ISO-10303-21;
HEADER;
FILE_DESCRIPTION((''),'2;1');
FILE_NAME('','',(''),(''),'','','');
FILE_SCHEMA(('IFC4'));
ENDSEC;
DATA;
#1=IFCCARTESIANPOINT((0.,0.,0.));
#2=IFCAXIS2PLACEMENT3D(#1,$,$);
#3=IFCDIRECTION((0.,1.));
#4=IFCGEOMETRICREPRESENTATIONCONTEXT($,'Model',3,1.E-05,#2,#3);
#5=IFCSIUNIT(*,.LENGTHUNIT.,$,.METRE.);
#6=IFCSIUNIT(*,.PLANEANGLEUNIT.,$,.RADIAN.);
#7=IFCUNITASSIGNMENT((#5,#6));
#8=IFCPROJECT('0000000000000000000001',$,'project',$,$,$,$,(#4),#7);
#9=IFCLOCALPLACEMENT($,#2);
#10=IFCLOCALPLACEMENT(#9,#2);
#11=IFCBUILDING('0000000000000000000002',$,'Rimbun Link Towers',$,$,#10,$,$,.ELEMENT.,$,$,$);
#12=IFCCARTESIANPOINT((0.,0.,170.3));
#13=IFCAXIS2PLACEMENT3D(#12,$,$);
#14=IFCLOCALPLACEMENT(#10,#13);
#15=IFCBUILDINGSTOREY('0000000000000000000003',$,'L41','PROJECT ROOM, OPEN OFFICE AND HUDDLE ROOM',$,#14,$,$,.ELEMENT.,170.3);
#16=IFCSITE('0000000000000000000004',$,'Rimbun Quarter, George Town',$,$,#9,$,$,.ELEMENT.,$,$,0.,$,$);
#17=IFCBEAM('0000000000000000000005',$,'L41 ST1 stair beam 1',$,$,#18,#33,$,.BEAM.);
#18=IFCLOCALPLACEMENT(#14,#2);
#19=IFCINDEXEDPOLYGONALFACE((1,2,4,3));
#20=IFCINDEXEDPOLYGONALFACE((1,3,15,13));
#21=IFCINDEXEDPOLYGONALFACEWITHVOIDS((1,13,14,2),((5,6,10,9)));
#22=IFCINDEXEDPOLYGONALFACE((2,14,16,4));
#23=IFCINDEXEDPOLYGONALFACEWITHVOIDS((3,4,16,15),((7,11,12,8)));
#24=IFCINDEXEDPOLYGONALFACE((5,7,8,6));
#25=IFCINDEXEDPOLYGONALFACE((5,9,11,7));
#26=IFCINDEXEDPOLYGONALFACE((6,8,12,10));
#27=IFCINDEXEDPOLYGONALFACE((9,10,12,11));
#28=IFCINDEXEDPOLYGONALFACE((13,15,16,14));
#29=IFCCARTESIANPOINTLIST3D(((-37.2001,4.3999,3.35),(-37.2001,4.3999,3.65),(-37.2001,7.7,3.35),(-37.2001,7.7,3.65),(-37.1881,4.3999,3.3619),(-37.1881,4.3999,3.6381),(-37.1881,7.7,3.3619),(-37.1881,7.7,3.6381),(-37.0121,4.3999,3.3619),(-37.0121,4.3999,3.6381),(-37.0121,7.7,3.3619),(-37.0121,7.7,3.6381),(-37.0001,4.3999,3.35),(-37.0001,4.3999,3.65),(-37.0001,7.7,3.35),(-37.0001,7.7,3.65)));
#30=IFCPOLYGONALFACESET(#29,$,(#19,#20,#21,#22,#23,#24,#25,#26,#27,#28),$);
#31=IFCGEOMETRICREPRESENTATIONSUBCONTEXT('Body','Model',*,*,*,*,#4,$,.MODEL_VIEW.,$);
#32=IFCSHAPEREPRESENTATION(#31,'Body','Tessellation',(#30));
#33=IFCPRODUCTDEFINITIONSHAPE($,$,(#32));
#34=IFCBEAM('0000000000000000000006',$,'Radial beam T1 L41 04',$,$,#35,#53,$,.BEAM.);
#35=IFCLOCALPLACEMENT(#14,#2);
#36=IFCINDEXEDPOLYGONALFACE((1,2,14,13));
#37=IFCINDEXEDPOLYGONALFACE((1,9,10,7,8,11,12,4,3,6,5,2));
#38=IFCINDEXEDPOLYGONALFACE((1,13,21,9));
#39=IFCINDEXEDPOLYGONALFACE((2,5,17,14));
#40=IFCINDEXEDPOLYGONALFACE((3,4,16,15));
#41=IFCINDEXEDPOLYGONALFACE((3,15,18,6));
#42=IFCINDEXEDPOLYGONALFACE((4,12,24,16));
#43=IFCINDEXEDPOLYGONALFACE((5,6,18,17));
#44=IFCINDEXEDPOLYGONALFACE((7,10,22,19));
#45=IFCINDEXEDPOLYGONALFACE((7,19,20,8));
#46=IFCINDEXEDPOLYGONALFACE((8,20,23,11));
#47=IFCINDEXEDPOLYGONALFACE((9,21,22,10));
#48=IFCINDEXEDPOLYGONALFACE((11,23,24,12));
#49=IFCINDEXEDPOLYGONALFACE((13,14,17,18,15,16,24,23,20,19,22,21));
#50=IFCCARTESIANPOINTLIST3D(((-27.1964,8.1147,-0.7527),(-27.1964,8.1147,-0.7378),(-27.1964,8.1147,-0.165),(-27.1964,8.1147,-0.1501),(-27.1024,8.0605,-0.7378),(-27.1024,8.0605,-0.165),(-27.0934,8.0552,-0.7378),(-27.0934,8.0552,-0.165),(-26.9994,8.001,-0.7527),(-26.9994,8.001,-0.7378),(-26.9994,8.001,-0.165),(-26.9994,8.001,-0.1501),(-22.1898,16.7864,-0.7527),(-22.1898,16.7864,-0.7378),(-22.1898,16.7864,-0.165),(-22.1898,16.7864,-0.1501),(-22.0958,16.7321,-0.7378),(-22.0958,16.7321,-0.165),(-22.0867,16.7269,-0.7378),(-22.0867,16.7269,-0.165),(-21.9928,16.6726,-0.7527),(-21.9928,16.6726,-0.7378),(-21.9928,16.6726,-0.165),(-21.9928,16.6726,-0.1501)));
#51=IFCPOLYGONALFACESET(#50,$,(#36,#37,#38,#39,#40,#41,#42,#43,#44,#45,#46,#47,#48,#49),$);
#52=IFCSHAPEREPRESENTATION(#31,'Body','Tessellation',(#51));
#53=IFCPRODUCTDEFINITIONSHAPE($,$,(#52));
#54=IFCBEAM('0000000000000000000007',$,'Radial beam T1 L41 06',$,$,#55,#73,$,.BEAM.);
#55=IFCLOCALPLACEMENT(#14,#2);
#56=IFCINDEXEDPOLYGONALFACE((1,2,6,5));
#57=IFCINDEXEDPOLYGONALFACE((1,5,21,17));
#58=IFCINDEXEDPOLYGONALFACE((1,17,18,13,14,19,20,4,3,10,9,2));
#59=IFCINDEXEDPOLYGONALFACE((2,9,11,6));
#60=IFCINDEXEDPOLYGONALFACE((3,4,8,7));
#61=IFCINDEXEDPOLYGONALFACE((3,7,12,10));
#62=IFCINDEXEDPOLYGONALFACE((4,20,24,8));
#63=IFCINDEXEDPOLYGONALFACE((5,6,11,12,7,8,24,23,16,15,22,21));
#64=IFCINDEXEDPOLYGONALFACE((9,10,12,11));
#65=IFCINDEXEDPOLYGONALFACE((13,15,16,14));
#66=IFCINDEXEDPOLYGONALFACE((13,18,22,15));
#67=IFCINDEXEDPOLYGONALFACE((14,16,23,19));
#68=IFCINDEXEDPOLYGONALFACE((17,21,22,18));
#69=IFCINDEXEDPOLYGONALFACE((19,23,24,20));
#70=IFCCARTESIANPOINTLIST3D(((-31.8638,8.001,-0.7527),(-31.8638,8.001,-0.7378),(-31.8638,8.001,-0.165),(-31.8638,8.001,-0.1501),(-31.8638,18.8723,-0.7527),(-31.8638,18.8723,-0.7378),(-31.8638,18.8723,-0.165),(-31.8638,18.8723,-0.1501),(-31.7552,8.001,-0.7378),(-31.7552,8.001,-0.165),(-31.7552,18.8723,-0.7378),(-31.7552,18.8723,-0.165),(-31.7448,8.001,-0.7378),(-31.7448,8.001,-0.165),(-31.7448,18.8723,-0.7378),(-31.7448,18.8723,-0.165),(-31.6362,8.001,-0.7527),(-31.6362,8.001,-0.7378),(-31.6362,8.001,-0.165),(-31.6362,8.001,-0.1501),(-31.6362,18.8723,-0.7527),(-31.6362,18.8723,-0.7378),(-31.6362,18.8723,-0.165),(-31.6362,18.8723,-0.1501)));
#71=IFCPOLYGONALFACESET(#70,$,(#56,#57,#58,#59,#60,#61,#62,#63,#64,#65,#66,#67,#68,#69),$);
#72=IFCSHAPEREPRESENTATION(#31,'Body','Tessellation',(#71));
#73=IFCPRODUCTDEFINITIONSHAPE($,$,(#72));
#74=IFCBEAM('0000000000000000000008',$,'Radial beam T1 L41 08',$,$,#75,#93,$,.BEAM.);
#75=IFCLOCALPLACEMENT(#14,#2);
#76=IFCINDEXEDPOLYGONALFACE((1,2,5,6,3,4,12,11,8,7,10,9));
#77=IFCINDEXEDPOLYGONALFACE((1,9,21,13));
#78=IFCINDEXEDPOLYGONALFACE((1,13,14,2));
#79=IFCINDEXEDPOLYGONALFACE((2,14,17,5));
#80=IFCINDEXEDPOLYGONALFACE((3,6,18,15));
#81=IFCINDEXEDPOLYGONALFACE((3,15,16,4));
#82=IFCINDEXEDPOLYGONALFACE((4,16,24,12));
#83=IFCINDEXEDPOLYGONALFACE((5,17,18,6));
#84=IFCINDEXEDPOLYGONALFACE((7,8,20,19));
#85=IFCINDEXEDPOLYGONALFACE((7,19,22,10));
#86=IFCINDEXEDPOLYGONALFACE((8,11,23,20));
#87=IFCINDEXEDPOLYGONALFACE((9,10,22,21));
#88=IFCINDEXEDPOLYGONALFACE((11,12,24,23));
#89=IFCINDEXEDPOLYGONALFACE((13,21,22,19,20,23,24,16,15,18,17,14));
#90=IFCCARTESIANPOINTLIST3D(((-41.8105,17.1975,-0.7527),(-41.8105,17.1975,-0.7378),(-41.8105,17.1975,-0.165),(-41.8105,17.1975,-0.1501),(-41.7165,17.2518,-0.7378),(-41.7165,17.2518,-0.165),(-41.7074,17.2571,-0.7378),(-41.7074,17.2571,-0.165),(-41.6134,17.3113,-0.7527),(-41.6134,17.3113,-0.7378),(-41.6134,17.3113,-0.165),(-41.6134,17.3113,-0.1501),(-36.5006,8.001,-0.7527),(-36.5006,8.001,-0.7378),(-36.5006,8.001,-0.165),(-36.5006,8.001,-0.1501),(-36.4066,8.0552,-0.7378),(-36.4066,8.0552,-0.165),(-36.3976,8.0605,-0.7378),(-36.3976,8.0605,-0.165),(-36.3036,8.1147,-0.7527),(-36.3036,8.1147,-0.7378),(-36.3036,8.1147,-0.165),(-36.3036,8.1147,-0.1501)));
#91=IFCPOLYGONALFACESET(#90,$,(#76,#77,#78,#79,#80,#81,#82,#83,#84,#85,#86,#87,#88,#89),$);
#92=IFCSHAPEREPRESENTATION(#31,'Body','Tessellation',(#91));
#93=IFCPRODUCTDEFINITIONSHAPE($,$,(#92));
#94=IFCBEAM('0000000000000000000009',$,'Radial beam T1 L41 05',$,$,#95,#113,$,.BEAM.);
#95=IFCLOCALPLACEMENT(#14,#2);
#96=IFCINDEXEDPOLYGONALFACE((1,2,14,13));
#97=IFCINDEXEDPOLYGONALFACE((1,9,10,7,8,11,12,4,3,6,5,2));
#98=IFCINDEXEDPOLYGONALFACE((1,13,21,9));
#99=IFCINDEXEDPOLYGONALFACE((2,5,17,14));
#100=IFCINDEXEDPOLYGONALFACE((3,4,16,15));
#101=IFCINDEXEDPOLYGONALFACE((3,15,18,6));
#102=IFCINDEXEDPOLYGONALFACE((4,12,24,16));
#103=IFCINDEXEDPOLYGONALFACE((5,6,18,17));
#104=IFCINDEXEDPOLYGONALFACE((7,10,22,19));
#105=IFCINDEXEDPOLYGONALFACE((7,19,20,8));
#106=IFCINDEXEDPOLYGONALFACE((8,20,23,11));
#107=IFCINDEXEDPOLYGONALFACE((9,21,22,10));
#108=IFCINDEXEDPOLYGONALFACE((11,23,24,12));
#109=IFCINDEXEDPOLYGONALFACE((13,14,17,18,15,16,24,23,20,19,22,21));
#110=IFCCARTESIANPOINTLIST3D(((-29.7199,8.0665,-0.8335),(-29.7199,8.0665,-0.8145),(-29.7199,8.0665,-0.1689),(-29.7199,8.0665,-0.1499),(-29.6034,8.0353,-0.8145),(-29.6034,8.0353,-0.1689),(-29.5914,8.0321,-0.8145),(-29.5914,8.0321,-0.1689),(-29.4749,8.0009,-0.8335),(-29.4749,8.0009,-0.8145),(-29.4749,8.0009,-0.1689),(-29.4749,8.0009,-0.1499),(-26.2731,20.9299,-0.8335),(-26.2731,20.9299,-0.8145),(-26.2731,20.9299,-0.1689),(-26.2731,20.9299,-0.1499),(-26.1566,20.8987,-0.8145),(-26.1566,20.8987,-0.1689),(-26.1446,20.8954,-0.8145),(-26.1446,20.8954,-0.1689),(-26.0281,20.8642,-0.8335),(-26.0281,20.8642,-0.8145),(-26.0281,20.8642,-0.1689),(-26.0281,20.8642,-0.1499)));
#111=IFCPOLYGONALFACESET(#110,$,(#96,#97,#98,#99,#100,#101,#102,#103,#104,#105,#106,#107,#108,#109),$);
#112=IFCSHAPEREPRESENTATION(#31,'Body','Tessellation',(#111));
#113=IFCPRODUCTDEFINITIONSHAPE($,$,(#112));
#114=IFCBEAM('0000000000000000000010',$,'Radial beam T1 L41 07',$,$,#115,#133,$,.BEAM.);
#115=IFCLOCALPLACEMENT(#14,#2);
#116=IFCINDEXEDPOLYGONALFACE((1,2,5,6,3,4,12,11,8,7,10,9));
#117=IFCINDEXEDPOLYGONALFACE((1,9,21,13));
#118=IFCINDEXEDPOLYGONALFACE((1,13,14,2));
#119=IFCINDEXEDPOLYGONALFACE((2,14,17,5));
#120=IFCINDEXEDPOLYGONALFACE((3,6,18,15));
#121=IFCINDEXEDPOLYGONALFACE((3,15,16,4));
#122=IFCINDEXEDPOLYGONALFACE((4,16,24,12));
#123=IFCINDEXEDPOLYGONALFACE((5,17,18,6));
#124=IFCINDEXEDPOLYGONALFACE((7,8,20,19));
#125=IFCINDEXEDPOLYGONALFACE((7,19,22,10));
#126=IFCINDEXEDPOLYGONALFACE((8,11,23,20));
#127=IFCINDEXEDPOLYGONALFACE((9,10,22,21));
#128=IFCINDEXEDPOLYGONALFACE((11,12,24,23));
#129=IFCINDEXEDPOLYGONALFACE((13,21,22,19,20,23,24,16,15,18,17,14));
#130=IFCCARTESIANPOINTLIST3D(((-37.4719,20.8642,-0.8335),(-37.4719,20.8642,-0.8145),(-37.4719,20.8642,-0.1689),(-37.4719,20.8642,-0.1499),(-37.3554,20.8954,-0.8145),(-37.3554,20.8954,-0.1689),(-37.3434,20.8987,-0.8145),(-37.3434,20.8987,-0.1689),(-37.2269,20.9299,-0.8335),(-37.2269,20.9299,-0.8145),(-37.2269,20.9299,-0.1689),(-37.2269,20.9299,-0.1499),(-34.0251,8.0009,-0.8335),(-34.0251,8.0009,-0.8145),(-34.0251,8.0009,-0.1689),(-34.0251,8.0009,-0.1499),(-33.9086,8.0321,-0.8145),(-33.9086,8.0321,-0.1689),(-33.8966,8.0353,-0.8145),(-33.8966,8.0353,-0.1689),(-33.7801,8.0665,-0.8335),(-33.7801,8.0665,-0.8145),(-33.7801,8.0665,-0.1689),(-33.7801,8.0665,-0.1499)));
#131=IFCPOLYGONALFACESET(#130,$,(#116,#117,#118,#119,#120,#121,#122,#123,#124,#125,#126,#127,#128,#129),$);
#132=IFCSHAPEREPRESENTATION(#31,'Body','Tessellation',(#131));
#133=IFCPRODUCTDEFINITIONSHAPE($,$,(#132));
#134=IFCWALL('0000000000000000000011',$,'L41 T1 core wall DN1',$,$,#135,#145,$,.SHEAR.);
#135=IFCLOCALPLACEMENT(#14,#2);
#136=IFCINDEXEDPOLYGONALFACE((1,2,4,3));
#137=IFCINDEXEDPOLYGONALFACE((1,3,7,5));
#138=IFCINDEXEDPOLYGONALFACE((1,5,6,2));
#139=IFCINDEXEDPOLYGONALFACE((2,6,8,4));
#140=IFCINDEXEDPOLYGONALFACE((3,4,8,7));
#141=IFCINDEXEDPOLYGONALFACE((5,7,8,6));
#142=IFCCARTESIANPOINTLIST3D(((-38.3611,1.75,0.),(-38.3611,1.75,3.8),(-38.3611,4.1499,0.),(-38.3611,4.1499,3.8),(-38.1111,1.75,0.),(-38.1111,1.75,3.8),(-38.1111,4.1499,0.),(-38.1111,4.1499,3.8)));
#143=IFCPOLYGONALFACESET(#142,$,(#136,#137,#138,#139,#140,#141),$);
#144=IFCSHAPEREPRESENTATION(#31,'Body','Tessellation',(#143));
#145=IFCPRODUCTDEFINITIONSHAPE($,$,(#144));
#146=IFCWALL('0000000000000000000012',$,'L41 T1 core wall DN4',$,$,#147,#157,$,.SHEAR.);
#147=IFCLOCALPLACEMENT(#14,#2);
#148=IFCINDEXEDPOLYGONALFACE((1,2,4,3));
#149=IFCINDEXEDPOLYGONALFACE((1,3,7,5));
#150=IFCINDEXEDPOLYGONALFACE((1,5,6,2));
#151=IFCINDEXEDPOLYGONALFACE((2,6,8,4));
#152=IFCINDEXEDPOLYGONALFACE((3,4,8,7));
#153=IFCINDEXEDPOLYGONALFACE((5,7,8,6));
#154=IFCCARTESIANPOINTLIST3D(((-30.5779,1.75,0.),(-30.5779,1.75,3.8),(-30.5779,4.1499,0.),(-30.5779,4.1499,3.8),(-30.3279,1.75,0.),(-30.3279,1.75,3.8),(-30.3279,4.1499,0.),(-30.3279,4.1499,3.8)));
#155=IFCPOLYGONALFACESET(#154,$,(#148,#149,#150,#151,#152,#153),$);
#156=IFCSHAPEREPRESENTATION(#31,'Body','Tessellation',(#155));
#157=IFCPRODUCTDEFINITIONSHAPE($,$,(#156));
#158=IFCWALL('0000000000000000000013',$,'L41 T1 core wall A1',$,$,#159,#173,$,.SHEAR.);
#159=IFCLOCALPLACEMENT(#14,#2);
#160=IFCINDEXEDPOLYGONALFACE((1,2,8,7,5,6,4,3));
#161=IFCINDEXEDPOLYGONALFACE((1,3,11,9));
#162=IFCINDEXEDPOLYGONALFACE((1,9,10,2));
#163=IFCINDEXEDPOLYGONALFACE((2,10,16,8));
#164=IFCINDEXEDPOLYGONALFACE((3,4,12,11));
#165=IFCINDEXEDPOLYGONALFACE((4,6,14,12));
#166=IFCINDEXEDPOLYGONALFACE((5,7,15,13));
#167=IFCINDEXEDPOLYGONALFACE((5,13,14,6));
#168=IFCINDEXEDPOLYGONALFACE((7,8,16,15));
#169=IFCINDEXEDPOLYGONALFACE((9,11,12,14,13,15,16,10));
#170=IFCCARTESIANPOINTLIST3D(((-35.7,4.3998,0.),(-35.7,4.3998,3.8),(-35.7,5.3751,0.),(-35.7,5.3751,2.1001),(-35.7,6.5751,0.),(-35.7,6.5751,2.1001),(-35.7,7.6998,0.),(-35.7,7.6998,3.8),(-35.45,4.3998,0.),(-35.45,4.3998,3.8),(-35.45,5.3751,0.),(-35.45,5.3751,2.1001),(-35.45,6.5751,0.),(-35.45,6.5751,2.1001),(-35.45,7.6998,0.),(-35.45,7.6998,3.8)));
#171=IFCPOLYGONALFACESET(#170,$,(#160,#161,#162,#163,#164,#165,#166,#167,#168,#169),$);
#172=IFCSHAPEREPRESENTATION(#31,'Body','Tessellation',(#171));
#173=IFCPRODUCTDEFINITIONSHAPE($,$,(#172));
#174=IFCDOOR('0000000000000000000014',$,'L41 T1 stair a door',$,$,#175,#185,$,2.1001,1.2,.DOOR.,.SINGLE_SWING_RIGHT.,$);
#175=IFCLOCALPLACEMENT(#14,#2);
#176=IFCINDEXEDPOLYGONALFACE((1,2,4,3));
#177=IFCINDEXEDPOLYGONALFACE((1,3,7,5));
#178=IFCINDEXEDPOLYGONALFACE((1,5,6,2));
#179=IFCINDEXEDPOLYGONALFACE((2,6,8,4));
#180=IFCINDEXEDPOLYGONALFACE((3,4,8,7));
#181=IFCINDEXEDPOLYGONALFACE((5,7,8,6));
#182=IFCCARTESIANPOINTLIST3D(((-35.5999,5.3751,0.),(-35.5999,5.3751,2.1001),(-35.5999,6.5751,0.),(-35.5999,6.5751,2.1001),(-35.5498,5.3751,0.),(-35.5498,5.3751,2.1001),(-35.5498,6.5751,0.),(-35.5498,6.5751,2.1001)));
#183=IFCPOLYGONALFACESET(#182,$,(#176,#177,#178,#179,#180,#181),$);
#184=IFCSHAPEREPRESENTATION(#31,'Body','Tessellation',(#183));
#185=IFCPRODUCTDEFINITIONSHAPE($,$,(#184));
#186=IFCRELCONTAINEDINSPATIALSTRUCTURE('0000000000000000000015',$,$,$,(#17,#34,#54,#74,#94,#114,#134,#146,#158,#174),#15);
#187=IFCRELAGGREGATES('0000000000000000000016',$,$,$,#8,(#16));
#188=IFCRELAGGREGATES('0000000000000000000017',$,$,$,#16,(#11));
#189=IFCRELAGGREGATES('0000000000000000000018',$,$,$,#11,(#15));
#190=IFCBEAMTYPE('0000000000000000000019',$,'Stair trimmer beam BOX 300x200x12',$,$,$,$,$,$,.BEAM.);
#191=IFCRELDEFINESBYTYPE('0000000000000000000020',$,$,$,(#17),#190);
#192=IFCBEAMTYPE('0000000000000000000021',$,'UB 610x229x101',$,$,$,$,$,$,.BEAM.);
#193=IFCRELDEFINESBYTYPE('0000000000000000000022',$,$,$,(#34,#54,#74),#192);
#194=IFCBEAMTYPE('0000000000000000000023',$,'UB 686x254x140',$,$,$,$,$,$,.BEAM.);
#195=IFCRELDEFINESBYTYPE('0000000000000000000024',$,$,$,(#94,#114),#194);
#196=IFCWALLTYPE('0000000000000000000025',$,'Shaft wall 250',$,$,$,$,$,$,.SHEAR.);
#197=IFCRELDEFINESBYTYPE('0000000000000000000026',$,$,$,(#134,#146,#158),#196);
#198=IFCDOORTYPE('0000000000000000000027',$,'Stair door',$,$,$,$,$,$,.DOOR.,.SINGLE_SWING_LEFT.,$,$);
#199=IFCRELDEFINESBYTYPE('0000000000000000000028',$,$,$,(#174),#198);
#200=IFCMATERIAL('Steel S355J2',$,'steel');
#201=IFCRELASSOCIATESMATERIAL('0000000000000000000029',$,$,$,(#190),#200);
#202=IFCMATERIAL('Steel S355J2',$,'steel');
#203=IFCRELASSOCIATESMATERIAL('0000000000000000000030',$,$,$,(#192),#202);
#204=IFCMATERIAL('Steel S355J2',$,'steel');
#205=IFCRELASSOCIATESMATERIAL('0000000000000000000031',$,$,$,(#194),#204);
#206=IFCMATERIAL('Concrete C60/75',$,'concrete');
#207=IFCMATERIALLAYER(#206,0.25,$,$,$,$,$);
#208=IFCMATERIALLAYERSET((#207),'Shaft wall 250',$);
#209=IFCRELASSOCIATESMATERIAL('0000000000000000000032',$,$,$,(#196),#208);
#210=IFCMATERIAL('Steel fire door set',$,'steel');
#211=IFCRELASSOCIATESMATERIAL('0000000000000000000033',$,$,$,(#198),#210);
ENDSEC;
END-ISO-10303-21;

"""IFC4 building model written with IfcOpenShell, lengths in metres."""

from ifc_helpers import new_model, si_unit, direction, frame, frame_2d, origin, origin_2d, place, context, subcontext, project, spatial, rectangle, hollow_rectangle, i_section, extrude, material, layer, layer_set, material_profile, profile_set, type_object, element, fill, save


model = new_model("IFC4")

# Units and contexts
model_context = context("Model", 3, precision=1e-05, world=origin(), true_north=direction((0.0, 1.0)))
body_context = subcontext(model_context, "Body", "Model", "MODEL_VIEW")
ifc_project = project(units=[si_unit("LENGTHUNIT", "METRE"), si_unit("PLANEANGLEUNIT", "RADIAN")], contexts=[model_context])

# Site, building, storey
site_placement = place(None, origin())
site = spatial("IfcSite", under=ifc_project, at=site_placement, Name="Rimbun Quarter, George Town", CompositionType="ELEMENT", RefElevation=0.0)
building_placement = place(site_placement, origin())
building = spatial("IfcBuilding", under=site, at=building_placement, Name="Rimbun Link Towers", CompositionType="ELEMENT")
storey_placement = place(building_placement, frame((0.0, 0.0, 170.3)))
storey = spatial("IfcBuildingStorey", under=building, at=storey_placement, Name="L41", Description="PROJECT ROOM, OPEN OFFICE AND HUDDLE ROOM", CompositionType="ELEMENT", Elevation=170.3)

# Beams
ifc_material_1 = material(Name="Steel S355J2", Category="steel")
ifc_material_profile_1 = material_profile(ifc_material_1, hollow_rectangle(XDim=0.2, YDim=0.3, WallThickness=0.012, at=origin_2d()), Name="BOX 300x200x12")
ifc_profile_set_1 = profile_set([ifc_material_profile_1], Name="Steel S355J2")
beam_type_1 = type_object("IfcBeamType", Name="Stair trimmer beam BOX 300x200x12", PredefinedType="BEAM", material=ifc_profile_set_1)
beam_1_placement = place(storey_placement, frame((-37.1001, 7.7, 3.5), z_axis=(0.0, -1.0, 0.0), x_axis=(1.0, 0.0, 0.0)))
element("IfcBeam", 1, at=beam_1_placement, inside=storey, type_object=beam_type_1, Name="L41 ST1 stair beam 1", PredefinedType="BEAM", context=body_context, shape_type="SweptSolid", body=[
    extrude(hollow_rectangle(XDim=0.2, YDim=0.3, WallThickness=0.012, at=origin_2d()), origin(), (0.0, 0.0, 1.0), 3.3),
])
ifc_material_2 = material(Name="Steel S355J2", Category="steel")
ifc_material_profile_2 = material_profile(ifc_material_2, i_section(OverallWidth=0.2275, OverallDepth=0.6025, WebThickness=0.0105, FlangeThickness=0.0149, at=origin_2d()), Name="UB 610x229x101")
ifc_profile_set_2 = profile_set([ifc_material_profile_2], Name="Steel S355J2")
beam_type_2 = type_object("IfcBeamType", Name="UB 610x229x101", PredefinedType="BEAM", material=ifc_profile_set_2)
beam_2_placement = place(storey_placement, frame((-27.0979, 8.0579, -0.4514), z_axis=(0.500002, 0.866024, 0.0), x_axis=(-0.866024, 0.500002, 0.0)))
element("IfcBeam", 2, at=beam_2_placement, inside=storey, type_object=beam_type_2, Name="Radial beam T1 L41 04", PredefinedType="BEAM", context=body_context, shape_type="SweptSolid", body=[
    extrude(i_section(OverallWidth=0.2275, OverallDepth=0.6025, WebThickness=0.0105, FlangeThickness=0.0149, at=origin_2d()), origin(), (0.0, 0.0, 1.0), 10.0132),
])
beam_3_placement = place(storey_placement, frame((-31.75, 8.001, -0.4514), z_axis=(0.0, 1.0, 0.0), x_axis=(-1.0, 0.0, 0.0)))
element("IfcBeam", 3, at=beam_3_placement, inside=storey, type_object=beam_type_2, Name="Radial beam T1 L41 06", PredefinedType="BEAM", context=body_context, shape_type="SweptSolid", body=[
    extrude(i_section(OverallWidth=0.2275, OverallDepth=0.6025, WebThickness=0.0105, FlangeThickness=0.0149, at=origin_2d()), origin(), (0.0, 0.0, 1.0), 10.8713),
])
beam_4_placement = place(storey_placement, frame((-36.4021, 8.0579, -0.4514), z_axis=(-0.500014, 0.866018, 0.0), x_axis=(-0.866018, -0.500014, 0.0)))
element("IfcBeam", 4, at=beam_4_placement, inside=storey, type_object=beam_type_2, Name="Radial beam T1 L41 08", PredefinedType="BEAM", context=body_context, shape_type="SweptSolid", body=[
    extrude(i_section(OverallWidth=0.2275, OverallDepth=0.6025, WebThickness=0.0105, FlangeThickness=0.0149, at=origin_2d()), origin(), (0.0, 0.0, 1.0), 10.6194),
])
ifc_material_3 = material(Name="Steel S355J2", Category="steel")
ifc_material_profile_3 = material_profile(ifc_material_3, i_section(OverallWidth=0.2537, OverallDepth=0.6836, WebThickness=0.0125, FlangeThickness=0.019, at=origin_2d()), Name="UB 686x254x140")
ifc_profile_set_3 = profile_set([ifc_material_profile_3], Name="Steel S355J2")
beam_type_3 = type_object("IfcBeamType", Name="UB 686x254x140", PredefinedType="BEAM", material=ifc_profile_set_3)
for number, where, z_axis, x_axis, name in (
    (5, (-29.5974, 8.0337, -0.4917), (0.258824, 0.965924, 0.0), (-0.965924, 0.258824, 0.0), "Radial beam T1 L41 05"),
    (6, (-33.9026, 8.0337, -0.4917), (-0.258824, 0.965924, 0.0), (-0.965924, -0.258824, 0.0), "Radial beam T1 L41 07"),
):
    element("IfcBeam", number, at=place(storey_placement, frame(where, z_axis=z_axis, x_axis=x_axis)), inside=storey, type_object=beam_type_3, Name=name, PredefinedType="BEAM", context=body_context, shape_type="SweptSolid", body=[
        extrude(i_section(OverallWidth=0.2537, OverallDepth=0.6836, WebThickness=0.0125, FlangeThickness=0.019, at=origin_2d()), origin(), (0.0, 0.0, 1.0), 13.3171),
    ])

# Walls
ifc_material_4 = material(Name="Concrete C60/75", Category="concrete")
ifc_layer = layer(ifc_material_4, 0.25)
ifc_layer_set = layer_set([ifc_layer], Name="Shaft wall 250")
wall_type = type_object("IfcWallType", Name="Shaft wall 250", PredefinedType="SHEAR", material=ifc_layer_set)
for number, where, z_axis, x_axis, name in (
    (7, (-38.2361, 1.75, 0.0), (0.0, 0.0, 1.0), (0.0, 1.0, 0.0), "L41 T1 core wall DN1"),
    (8, (-30.4529, 1.75, 0.0), (0.0, 0.0, 1.0), (0.0, 1.0, 0.0), "L41 T1 core wall DN4"),
):
    element("IfcWall", number, at=place(storey_placement, frame(where, z_axis=z_axis, x_axis=x_axis)), inside=storey, type_object=wall_type, Name=name, PredefinedType="SHEAR", context=body_context, shape_type="SweptSolid", body=[
        extrude(rectangle(XDim=2.3999, YDim=0.25, at=frame_2d((1.2, 0.0))), origin(), (0.0, 0.0, 1.0), 3.8),
    ])

# Wall, opening, door
wall_1_placement = place(storey_placement, frame((-35.575, 4.3999, 0.0), z_axis=(0.0, 0.0, 1.0), x_axis=(0.0, 1.0, 0.0)))
wall_1 = element("IfcWall", 9, at=wall_1_placement, inside=storey, type_object=wall_type, Name="L41 T1 core wall A1", PredefinedType="SHEAR", context=body_context, shape_type="SweptSolid", body=[
    extrude(rectangle(XDim=3.3, YDim=0.25, at=frame_2d((1.6499, 0.0))), origin(), (0.0, 0.0, 1.0), 3.8),
])
opening_1_placement = place(wall_1_placement, frame((0.9751, 0.0, 0.0)))
opening_1 = element("IfcOpeningElement", 10, at=opening_1_placement, cuts=wall_1, PredefinedType="OPENING", context=body_context, shape_type="SweptSolid", body=[
    extrude(rectangle(XDim=1.2, YDim=2.1001, at=frame_2d((0.6001, 1.05))), frame((0.0, 0.135, 0.0), z_axis=(0.0, -1.0, 0.0), x_axis=(1.0, 0.0, 0.0)), (0.0, 0.0, 1.0), 0.27),
])
ifc_material_5 = material(Name="Steel fire door set", Category="steel")
door_type_1 = type_object("IfcDoorType", Name="Stair door", OperationType="SINGLE_SWING_LEFT", PredefinedType="DOOR", material=ifc_material_5)
door_1_placement = place(opening_1_placement, origin())
door_1 = element("IfcDoor", 11, at=door_1_placement, inside=storey, type_object=door_type_1, Name="L41 T1 stair a door", OperationType="SINGLE_SWING_RIGHT", OverallHeight=2.1001, OverallWidth=1.2, PredefinedType="DOOR", context=body_context, shape_type="SweptSolid", body=[
    extrude(rectangle(XDim=1.2, YDim=2.1001, at=frame_2d((0.6001, 1.05))), frame((0.0, 0.0249, 0.0), z_axis=(0.0, -1.0, 0.0), x_axis=(1.0, 0.0, 0.0)), (0.0, 0.0, 1.0), 0.05),
])
fill(opening_1, door_1)

save(model, "model.ifc")
